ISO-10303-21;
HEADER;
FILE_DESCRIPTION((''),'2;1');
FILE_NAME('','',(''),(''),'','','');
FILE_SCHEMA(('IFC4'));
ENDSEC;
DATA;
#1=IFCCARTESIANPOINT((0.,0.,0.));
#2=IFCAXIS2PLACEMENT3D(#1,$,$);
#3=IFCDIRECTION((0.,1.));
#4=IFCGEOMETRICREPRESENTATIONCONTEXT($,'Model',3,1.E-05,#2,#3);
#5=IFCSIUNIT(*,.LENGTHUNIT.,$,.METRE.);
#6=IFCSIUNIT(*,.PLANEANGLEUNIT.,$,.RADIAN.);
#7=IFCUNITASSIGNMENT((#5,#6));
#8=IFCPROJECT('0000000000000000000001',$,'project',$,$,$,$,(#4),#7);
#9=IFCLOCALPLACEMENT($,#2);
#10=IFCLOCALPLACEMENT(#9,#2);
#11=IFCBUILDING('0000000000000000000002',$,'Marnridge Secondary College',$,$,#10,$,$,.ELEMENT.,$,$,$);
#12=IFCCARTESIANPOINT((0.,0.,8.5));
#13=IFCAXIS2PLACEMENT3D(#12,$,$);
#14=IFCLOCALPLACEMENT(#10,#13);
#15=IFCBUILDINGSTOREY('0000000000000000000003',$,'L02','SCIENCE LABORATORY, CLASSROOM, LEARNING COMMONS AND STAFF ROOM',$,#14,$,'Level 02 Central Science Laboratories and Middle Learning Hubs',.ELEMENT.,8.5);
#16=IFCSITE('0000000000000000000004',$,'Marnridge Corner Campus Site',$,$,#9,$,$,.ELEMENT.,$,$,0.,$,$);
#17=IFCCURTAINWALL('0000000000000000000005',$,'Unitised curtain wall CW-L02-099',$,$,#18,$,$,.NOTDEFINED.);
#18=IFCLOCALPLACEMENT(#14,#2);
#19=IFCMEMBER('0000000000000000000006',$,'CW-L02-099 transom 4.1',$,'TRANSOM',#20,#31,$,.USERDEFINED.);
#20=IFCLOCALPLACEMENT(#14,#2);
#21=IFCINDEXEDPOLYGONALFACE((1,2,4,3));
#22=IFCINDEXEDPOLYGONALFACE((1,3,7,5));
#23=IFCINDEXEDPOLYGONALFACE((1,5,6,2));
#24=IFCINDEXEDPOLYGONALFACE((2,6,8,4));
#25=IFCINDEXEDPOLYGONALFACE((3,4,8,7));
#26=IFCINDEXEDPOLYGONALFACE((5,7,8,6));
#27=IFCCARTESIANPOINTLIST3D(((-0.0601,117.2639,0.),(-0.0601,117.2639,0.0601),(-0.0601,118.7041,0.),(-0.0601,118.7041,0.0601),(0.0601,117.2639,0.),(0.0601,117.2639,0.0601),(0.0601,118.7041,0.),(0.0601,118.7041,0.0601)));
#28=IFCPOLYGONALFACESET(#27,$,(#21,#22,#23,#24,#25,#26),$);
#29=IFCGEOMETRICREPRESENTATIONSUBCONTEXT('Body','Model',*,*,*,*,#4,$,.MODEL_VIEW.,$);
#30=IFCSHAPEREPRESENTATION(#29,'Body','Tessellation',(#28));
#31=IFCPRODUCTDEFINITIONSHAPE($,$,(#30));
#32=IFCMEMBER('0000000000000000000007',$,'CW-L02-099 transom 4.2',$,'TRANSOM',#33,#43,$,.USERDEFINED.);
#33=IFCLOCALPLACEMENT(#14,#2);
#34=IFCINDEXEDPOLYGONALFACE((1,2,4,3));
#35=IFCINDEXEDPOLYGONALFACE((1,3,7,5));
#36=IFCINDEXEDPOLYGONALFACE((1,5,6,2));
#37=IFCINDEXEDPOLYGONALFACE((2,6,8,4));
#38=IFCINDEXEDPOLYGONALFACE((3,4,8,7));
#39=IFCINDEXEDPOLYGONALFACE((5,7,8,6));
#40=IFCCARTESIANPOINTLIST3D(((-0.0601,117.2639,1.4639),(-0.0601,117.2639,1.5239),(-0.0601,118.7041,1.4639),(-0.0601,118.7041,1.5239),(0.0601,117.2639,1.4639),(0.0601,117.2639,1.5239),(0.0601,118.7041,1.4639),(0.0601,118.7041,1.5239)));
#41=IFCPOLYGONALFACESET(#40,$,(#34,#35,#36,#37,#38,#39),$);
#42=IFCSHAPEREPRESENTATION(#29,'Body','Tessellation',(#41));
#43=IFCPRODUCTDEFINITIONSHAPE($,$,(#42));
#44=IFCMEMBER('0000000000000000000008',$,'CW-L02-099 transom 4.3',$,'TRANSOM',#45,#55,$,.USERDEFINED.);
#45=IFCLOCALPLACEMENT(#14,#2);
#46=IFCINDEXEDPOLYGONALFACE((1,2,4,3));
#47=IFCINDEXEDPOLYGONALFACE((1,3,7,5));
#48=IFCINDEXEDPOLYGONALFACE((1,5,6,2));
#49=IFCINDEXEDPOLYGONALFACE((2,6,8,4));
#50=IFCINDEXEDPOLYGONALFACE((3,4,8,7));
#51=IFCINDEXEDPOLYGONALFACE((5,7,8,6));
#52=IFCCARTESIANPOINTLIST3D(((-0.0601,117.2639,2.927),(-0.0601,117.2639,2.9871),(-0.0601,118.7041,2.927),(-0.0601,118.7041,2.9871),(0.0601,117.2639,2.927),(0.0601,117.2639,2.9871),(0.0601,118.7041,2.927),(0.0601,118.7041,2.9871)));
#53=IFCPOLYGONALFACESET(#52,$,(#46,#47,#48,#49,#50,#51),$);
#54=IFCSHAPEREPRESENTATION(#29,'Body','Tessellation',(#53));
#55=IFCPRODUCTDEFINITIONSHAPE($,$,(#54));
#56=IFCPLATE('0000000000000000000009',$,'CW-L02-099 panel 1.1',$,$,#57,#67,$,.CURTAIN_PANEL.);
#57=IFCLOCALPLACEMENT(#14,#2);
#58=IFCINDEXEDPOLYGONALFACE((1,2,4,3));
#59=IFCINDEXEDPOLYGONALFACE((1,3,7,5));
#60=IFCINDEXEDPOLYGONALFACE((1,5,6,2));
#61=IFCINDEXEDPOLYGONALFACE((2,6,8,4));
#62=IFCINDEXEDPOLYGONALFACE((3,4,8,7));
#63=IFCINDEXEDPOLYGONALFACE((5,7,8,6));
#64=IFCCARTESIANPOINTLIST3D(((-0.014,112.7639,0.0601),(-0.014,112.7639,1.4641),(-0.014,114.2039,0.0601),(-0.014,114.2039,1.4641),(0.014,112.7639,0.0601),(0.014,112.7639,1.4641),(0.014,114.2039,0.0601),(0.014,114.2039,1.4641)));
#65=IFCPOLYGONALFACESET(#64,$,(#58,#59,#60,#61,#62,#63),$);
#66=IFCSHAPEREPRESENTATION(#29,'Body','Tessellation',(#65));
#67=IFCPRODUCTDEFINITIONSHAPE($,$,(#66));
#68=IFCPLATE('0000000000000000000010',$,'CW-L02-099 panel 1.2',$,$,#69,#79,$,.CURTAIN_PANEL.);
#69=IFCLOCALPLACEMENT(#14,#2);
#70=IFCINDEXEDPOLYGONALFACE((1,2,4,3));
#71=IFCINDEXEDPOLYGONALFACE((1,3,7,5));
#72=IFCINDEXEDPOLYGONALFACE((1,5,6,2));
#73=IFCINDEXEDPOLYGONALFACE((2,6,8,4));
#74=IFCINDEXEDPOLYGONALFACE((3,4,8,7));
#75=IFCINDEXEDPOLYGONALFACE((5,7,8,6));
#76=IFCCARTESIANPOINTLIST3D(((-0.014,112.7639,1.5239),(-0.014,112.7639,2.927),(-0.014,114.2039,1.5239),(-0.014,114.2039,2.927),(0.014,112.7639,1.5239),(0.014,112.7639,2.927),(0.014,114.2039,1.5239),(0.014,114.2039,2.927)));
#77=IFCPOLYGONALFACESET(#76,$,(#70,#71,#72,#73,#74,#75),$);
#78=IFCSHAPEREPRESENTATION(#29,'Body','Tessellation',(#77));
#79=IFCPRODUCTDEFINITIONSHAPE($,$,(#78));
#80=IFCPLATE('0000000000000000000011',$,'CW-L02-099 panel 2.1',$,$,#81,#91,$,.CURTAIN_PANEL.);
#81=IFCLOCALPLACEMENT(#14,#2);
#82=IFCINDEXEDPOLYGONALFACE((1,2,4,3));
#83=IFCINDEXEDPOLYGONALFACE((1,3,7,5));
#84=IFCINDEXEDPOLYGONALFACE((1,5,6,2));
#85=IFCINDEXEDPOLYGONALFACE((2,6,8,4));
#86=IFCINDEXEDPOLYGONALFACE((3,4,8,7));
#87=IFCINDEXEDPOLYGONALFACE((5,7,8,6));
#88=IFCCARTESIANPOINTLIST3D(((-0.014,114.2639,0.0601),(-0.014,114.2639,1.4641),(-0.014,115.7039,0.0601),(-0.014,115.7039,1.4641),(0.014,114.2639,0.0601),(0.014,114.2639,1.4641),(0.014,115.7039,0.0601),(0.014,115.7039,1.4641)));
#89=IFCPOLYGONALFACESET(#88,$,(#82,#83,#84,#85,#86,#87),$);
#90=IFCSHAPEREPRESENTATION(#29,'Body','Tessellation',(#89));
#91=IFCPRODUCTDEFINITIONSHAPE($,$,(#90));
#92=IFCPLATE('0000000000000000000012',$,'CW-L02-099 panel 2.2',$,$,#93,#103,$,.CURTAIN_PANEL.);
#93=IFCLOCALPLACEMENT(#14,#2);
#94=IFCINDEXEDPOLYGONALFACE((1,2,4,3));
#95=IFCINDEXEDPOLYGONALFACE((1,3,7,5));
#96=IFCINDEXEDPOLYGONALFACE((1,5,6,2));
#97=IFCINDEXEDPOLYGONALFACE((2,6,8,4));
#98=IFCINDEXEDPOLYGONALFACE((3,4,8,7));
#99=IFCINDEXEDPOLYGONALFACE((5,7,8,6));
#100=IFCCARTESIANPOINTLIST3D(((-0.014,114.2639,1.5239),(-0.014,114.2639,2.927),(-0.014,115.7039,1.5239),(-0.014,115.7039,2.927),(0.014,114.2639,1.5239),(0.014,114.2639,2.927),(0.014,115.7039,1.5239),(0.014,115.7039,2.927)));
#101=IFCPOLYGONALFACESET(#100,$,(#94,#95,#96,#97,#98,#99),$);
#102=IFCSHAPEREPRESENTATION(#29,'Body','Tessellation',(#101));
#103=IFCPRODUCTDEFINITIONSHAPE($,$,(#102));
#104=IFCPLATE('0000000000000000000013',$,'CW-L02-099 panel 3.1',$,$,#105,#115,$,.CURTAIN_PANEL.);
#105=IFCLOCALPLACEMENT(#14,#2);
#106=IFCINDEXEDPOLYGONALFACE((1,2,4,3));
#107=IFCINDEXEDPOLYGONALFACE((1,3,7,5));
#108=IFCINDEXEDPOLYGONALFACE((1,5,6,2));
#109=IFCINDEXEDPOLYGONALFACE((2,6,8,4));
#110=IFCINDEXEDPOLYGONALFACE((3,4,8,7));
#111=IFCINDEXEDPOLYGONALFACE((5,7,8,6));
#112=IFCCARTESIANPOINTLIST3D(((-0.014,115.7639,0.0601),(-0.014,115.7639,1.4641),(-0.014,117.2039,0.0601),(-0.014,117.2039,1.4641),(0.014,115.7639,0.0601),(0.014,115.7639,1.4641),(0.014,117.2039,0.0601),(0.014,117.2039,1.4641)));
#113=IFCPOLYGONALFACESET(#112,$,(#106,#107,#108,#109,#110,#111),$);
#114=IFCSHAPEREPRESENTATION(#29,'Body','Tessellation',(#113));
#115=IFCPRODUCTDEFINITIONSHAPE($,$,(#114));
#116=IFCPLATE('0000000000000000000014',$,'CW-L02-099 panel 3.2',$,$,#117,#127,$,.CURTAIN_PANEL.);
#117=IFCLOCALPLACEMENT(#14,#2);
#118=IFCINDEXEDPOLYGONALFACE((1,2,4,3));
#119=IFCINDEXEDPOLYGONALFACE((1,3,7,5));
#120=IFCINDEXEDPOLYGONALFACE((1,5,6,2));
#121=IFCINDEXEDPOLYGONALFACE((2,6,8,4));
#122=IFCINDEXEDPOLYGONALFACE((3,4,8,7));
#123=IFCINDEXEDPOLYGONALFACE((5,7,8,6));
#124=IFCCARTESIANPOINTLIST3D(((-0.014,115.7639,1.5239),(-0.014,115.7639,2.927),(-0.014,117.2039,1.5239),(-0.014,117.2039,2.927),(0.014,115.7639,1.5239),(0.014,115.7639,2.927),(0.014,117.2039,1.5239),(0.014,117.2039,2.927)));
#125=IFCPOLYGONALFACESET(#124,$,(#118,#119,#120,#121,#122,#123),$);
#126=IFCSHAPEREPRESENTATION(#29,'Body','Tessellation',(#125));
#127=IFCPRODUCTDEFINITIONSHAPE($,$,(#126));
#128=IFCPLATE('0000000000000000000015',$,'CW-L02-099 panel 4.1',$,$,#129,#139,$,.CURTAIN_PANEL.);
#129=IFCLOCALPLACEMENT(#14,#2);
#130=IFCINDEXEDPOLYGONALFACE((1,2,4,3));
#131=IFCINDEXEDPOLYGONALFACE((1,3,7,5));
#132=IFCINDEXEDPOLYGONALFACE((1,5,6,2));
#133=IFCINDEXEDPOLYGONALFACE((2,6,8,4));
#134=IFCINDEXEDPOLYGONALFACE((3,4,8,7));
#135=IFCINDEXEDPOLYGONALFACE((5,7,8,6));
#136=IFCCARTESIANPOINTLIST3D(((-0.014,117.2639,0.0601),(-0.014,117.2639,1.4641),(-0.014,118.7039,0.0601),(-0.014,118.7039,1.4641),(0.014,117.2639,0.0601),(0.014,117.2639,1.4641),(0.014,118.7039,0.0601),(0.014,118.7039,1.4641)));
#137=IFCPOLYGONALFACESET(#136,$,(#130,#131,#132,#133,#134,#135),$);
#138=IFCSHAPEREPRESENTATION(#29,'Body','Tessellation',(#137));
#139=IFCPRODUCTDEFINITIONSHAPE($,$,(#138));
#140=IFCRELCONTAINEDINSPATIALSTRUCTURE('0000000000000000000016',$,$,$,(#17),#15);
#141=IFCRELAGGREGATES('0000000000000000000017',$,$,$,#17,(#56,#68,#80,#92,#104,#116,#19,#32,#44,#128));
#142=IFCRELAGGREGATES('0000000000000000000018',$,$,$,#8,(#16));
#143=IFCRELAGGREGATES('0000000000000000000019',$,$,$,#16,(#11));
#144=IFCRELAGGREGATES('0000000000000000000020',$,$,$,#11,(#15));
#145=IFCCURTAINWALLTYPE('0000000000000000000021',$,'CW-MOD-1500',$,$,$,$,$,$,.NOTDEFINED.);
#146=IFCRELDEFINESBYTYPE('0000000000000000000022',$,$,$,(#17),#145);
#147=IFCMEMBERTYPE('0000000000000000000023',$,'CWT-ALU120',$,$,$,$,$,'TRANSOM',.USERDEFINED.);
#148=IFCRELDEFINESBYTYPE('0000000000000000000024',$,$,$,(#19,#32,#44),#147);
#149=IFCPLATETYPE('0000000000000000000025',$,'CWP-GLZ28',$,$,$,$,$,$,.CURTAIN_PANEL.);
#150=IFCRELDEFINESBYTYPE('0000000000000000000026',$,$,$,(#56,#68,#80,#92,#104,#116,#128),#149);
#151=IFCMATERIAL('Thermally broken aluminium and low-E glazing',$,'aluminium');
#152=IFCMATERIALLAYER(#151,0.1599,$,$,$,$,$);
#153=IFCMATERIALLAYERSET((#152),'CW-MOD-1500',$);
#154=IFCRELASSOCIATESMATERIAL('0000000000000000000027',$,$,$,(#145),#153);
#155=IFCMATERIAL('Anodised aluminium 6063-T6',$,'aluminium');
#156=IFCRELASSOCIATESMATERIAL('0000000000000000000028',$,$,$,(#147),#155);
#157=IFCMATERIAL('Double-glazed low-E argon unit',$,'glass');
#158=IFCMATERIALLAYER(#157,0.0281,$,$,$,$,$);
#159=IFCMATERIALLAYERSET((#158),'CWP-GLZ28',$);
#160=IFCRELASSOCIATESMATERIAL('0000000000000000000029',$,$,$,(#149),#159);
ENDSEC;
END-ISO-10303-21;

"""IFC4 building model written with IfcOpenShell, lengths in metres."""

from ifc_helpers import new_model, si_unit, direction, frame, origin, origin_2d, place, context, subcontext, project, spatial, rectangle, extrude, material, layer, layer_set, material_profile, profile_set, type_object, element, aggregate, save


model = new_model("IFC4")

# Units and contexts
model_context = context("Model", 3, precision=1e-05, world=origin(), true_north=direction((0.0, 1.0)))
body_context = subcontext(model_context, "Body", "Model", "MODEL_VIEW")
ifc_project = project(units=[si_unit("LENGTHUNIT", "METRE"), si_unit("PLANEANGLEUNIT", "RADIAN")], contexts=[model_context])

# Site, building, storey
site_placement = place(None, origin())
site = spatial("IfcSite", under=ifc_project, at=site_placement, Name="Marnridge Corner Campus Site", CompositionType="ELEMENT", RefElevation=0.0)
building_placement = place(site_placement, origin())
building = spatial("IfcBuilding", under=site, at=building_placement, Name="Marnridge Secondary College", CompositionType="ELEMENT")
storey_placement = place(building_placement, frame((0.0, 0.0, 8.5)))
storey = spatial("IfcBuildingStorey", under=building, at=storey_placement, Name="L02", Description="SCIENCE LABORATORY, CLASSROOM, LEARNING COMMONS AND STAFF ROOM", LongName="Level 02 Central Science Laboratories and Middle Learning Hubs", CompositionType="ELEMENT", Elevation=8.5)

# Curtain wall, members, plates
ifc_material_1 = material(Name="Thermally broken aluminium and low-E glazing", Category="aluminium")
ifc_layer_1 = layer(ifc_material_1, 0.1599)
ifc_layer_set_1 = layer_set([ifc_layer_1], Name="CW-MOD-1500")
curtain_wall_type = type_object("IfcCurtainWallType", Name="CW-MOD-1500", PredefinedType="NOTDEFINED", material=ifc_layer_set_1)
curtain_wall_placement = place(storey_placement, origin())
curtain_wall = element("IfcCurtainWall", 1, at=curtain_wall_placement, inside=storey, type_object=curtain_wall_type, Name="Unitised curtain wall CW-L02-099", PredefinedType="NOTDEFINED")
ifc_material_2 = material(Name="Anodised aluminium 6063-T6", Category="aluminium")
ifc_material_profile_1 = material_profile(ifc_material_2, rectangle(XDim=0.0601, YDim=0.1201, at=origin_2d()), Name="ALU 60x120")
ifc_profile_set_1 = profile_set([ifc_material_profile_1], Name="Anodised aluminium 6063-T6")
member_type_1 = type_object("IfcMemberType", Name="CWT-ALU120", ElementType="TRANSOM", PredefinedType="USERDEFINED", material=ifc_profile_set_1)
member_1_placement = place(storey_placement, frame((0.0, 117.2639, 0.03), z_axis=(0.0, 1.0, 0.0), x_axis=(0.0, 0.0, 1.0)))
member_1 = element("IfcMember", 2, at=member_1_placement, type_object=member_type_1, Name="CW-L02-099 transom 4.1", ObjectType="TRANSOM", PredefinedType="USERDEFINED", context=body_context, shape_type="SweptSolid", body=[
    extrude(rectangle(XDim=0.0601, YDim=0.1201, at=origin_2d()), origin(), (0.0, 0.0, 1.0), 1.4402),
])
member_2_placement = place(storey_placement, frame((0.0, 117.2639, 1.4939), z_axis=(0.0, 1.0, 0.0), x_axis=(0.0, 0.0, 1.0)))
member_2 = element("IfcMember", 3, at=member_2_placement, type_object=member_type_1, Name="CW-L02-099 transom 4.2", ObjectType="TRANSOM", PredefinedType="USERDEFINED", context=body_context, shape_type="SweptSolid", body=[
    extrude(rectangle(XDim=0.0601, YDim=0.1201, at=origin_2d()), origin(), (0.0, 0.0, 1.0), 1.4402),
])
member_3_placement = place(storey_placement, frame((0.0, 117.2639, 2.957), z_axis=(0.0, 1.0, 0.0), x_axis=(0.0, 0.0, 1.0)))
member_3 = element("IfcMember", 4, at=member_3_placement, type_object=member_type_1, Name="CW-L02-099 transom 4.3", ObjectType="TRANSOM", PredefinedType="USERDEFINED", context=body_context, shape_type="SweptSolid", body=[
    extrude(rectangle(XDim=0.0601, YDim=0.1201, at=origin_2d()), origin(), (0.0, 0.0, 1.0), 1.4402),
])
ifc_material_3 = material(Name="Double-glazed low-E argon unit", Category="glass")
ifc_layer_2 = layer(ifc_material_3, 0.0281)
ifc_layer_set_2 = layer_set([ifc_layer_2], Name="CWP-GLZ28")
plate_type = type_object("IfcPlateType", Name="CWP-GLZ28", PredefinedType="CURTAIN_PANEL", material=ifc_layer_set_2)
plate_1_placement = place(storey_placement, frame((0.0, 113.4839, 0.0601), z_axis=(0.0, 0.0, 1.0), x_axis=(0.0, 1.0, 0.0)))
plate_1 = element("IfcPlate", 5, at=plate_1_placement, type_object=plate_type, Name="CW-L02-099 panel 1.1", PredefinedType="CURTAIN_PANEL", context=body_context, shape_type="SweptSolid", body=[
    extrude(rectangle(XDim=1.4399, YDim=0.0281, at=origin_2d()), origin(), (0.0, 0.0, 1.0), 1.4041),
])
plate_2_placement = place(storey_placement, frame((0.0, 113.4839, 1.5239), z_axis=(0.0, 0.0, 1.0), x_axis=(0.0, 1.0, 0.0)))
plate_2 = element("IfcPlate", 6, at=plate_2_placement, type_object=plate_type, Name="CW-L02-099 panel 1.2", PredefinedType="CURTAIN_PANEL", context=body_context, shape_type="SweptSolid", body=[
    extrude(rectangle(XDim=1.4399, YDim=0.0281, at=origin_2d()), origin(), (0.0, 0.0, 1.0), 1.4031),
])
plate_3_placement = place(storey_placement, frame((0.0, 114.9839, 0.0601), z_axis=(0.0, 0.0, 1.0), x_axis=(0.0, 1.0, 0.0)))
plate_3 = element("IfcPlate", 7, at=plate_3_placement, type_object=plate_type, Name="CW-L02-099 panel 2.1", PredefinedType="CURTAIN_PANEL", context=body_context, shape_type="SweptSolid", body=[
    extrude(rectangle(XDim=1.4399, YDim=0.0281, at=origin_2d()), origin(), (0.0, 0.0, 1.0), 1.4041),
])
plate_4_placement = place(storey_placement, frame((0.0, 114.9839, 1.5239), z_axis=(0.0, 0.0, 1.0), x_axis=(0.0, 1.0, 0.0)))
plate_4 = element("IfcPlate", 8, at=plate_4_placement, type_object=plate_type, Name="CW-L02-099 panel 2.2", PredefinedType="CURTAIN_PANEL", context=body_context, shape_type="SweptSolid", body=[
    extrude(rectangle(XDim=1.4399, YDim=0.0281, at=origin_2d()), origin(), (0.0, 0.0, 1.0), 1.4031),
])
plate_5_placement = place(storey_placement, frame((0.0, 116.4839, 0.0601), z_axis=(0.0, 0.0, 1.0), x_axis=(0.0, 1.0, 0.0)))
plate_5 = element("IfcPlate", 9, at=plate_5_placement, type_object=plate_type, Name="CW-L02-099 panel 3.1", PredefinedType="CURTAIN_PANEL", context=body_context, shape_type="SweptSolid", body=[
    extrude(rectangle(XDim=1.4399, YDim=0.0281, at=origin_2d()), origin(), (0.0, 0.0, 1.0), 1.4041),
])
plate_6_placement = place(storey_placement, frame((0.0, 116.4839, 1.5239), z_axis=(0.0, 0.0, 1.0), x_axis=(0.0, 1.0, 0.0)))
plate_6 = element("IfcPlate", 10, at=plate_6_placement, type_object=plate_type, Name="CW-L02-099 panel 3.2", PredefinedType="CURTAIN_PANEL", context=body_context, shape_type="SweptSolid", body=[
    extrude(rectangle(XDim=1.4399, YDim=0.0281, at=origin_2d()), origin(), (0.0, 0.0, 1.0), 1.4031),
])
plate_7_placement = place(storey_placement, frame((0.0, 117.9839, 0.0601), z_axis=(0.0, 0.0, 1.0), x_axis=(0.0, 1.0, 0.0)))
plate_7 = element("IfcPlate", 11, at=plate_7_placement, type_object=plate_type, Name="CW-L02-099 panel 4.1", PredefinedType="CURTAIN_PANEL", context=body_context, shape_type="SweptSolid", body=[
    extrude(rectangle(XDim=1.4399, YDim=0.0281, at=origin_2d()), origin(), (0.0, 0.0, 1.0), 1.4041),
])
aggregate(curtain_wall, [plate_1, plate_2, plate_3, plate_4, plate_5, plate_6, member_1, member_2, member_3, plate_7])

save(model, "model.ifc")
